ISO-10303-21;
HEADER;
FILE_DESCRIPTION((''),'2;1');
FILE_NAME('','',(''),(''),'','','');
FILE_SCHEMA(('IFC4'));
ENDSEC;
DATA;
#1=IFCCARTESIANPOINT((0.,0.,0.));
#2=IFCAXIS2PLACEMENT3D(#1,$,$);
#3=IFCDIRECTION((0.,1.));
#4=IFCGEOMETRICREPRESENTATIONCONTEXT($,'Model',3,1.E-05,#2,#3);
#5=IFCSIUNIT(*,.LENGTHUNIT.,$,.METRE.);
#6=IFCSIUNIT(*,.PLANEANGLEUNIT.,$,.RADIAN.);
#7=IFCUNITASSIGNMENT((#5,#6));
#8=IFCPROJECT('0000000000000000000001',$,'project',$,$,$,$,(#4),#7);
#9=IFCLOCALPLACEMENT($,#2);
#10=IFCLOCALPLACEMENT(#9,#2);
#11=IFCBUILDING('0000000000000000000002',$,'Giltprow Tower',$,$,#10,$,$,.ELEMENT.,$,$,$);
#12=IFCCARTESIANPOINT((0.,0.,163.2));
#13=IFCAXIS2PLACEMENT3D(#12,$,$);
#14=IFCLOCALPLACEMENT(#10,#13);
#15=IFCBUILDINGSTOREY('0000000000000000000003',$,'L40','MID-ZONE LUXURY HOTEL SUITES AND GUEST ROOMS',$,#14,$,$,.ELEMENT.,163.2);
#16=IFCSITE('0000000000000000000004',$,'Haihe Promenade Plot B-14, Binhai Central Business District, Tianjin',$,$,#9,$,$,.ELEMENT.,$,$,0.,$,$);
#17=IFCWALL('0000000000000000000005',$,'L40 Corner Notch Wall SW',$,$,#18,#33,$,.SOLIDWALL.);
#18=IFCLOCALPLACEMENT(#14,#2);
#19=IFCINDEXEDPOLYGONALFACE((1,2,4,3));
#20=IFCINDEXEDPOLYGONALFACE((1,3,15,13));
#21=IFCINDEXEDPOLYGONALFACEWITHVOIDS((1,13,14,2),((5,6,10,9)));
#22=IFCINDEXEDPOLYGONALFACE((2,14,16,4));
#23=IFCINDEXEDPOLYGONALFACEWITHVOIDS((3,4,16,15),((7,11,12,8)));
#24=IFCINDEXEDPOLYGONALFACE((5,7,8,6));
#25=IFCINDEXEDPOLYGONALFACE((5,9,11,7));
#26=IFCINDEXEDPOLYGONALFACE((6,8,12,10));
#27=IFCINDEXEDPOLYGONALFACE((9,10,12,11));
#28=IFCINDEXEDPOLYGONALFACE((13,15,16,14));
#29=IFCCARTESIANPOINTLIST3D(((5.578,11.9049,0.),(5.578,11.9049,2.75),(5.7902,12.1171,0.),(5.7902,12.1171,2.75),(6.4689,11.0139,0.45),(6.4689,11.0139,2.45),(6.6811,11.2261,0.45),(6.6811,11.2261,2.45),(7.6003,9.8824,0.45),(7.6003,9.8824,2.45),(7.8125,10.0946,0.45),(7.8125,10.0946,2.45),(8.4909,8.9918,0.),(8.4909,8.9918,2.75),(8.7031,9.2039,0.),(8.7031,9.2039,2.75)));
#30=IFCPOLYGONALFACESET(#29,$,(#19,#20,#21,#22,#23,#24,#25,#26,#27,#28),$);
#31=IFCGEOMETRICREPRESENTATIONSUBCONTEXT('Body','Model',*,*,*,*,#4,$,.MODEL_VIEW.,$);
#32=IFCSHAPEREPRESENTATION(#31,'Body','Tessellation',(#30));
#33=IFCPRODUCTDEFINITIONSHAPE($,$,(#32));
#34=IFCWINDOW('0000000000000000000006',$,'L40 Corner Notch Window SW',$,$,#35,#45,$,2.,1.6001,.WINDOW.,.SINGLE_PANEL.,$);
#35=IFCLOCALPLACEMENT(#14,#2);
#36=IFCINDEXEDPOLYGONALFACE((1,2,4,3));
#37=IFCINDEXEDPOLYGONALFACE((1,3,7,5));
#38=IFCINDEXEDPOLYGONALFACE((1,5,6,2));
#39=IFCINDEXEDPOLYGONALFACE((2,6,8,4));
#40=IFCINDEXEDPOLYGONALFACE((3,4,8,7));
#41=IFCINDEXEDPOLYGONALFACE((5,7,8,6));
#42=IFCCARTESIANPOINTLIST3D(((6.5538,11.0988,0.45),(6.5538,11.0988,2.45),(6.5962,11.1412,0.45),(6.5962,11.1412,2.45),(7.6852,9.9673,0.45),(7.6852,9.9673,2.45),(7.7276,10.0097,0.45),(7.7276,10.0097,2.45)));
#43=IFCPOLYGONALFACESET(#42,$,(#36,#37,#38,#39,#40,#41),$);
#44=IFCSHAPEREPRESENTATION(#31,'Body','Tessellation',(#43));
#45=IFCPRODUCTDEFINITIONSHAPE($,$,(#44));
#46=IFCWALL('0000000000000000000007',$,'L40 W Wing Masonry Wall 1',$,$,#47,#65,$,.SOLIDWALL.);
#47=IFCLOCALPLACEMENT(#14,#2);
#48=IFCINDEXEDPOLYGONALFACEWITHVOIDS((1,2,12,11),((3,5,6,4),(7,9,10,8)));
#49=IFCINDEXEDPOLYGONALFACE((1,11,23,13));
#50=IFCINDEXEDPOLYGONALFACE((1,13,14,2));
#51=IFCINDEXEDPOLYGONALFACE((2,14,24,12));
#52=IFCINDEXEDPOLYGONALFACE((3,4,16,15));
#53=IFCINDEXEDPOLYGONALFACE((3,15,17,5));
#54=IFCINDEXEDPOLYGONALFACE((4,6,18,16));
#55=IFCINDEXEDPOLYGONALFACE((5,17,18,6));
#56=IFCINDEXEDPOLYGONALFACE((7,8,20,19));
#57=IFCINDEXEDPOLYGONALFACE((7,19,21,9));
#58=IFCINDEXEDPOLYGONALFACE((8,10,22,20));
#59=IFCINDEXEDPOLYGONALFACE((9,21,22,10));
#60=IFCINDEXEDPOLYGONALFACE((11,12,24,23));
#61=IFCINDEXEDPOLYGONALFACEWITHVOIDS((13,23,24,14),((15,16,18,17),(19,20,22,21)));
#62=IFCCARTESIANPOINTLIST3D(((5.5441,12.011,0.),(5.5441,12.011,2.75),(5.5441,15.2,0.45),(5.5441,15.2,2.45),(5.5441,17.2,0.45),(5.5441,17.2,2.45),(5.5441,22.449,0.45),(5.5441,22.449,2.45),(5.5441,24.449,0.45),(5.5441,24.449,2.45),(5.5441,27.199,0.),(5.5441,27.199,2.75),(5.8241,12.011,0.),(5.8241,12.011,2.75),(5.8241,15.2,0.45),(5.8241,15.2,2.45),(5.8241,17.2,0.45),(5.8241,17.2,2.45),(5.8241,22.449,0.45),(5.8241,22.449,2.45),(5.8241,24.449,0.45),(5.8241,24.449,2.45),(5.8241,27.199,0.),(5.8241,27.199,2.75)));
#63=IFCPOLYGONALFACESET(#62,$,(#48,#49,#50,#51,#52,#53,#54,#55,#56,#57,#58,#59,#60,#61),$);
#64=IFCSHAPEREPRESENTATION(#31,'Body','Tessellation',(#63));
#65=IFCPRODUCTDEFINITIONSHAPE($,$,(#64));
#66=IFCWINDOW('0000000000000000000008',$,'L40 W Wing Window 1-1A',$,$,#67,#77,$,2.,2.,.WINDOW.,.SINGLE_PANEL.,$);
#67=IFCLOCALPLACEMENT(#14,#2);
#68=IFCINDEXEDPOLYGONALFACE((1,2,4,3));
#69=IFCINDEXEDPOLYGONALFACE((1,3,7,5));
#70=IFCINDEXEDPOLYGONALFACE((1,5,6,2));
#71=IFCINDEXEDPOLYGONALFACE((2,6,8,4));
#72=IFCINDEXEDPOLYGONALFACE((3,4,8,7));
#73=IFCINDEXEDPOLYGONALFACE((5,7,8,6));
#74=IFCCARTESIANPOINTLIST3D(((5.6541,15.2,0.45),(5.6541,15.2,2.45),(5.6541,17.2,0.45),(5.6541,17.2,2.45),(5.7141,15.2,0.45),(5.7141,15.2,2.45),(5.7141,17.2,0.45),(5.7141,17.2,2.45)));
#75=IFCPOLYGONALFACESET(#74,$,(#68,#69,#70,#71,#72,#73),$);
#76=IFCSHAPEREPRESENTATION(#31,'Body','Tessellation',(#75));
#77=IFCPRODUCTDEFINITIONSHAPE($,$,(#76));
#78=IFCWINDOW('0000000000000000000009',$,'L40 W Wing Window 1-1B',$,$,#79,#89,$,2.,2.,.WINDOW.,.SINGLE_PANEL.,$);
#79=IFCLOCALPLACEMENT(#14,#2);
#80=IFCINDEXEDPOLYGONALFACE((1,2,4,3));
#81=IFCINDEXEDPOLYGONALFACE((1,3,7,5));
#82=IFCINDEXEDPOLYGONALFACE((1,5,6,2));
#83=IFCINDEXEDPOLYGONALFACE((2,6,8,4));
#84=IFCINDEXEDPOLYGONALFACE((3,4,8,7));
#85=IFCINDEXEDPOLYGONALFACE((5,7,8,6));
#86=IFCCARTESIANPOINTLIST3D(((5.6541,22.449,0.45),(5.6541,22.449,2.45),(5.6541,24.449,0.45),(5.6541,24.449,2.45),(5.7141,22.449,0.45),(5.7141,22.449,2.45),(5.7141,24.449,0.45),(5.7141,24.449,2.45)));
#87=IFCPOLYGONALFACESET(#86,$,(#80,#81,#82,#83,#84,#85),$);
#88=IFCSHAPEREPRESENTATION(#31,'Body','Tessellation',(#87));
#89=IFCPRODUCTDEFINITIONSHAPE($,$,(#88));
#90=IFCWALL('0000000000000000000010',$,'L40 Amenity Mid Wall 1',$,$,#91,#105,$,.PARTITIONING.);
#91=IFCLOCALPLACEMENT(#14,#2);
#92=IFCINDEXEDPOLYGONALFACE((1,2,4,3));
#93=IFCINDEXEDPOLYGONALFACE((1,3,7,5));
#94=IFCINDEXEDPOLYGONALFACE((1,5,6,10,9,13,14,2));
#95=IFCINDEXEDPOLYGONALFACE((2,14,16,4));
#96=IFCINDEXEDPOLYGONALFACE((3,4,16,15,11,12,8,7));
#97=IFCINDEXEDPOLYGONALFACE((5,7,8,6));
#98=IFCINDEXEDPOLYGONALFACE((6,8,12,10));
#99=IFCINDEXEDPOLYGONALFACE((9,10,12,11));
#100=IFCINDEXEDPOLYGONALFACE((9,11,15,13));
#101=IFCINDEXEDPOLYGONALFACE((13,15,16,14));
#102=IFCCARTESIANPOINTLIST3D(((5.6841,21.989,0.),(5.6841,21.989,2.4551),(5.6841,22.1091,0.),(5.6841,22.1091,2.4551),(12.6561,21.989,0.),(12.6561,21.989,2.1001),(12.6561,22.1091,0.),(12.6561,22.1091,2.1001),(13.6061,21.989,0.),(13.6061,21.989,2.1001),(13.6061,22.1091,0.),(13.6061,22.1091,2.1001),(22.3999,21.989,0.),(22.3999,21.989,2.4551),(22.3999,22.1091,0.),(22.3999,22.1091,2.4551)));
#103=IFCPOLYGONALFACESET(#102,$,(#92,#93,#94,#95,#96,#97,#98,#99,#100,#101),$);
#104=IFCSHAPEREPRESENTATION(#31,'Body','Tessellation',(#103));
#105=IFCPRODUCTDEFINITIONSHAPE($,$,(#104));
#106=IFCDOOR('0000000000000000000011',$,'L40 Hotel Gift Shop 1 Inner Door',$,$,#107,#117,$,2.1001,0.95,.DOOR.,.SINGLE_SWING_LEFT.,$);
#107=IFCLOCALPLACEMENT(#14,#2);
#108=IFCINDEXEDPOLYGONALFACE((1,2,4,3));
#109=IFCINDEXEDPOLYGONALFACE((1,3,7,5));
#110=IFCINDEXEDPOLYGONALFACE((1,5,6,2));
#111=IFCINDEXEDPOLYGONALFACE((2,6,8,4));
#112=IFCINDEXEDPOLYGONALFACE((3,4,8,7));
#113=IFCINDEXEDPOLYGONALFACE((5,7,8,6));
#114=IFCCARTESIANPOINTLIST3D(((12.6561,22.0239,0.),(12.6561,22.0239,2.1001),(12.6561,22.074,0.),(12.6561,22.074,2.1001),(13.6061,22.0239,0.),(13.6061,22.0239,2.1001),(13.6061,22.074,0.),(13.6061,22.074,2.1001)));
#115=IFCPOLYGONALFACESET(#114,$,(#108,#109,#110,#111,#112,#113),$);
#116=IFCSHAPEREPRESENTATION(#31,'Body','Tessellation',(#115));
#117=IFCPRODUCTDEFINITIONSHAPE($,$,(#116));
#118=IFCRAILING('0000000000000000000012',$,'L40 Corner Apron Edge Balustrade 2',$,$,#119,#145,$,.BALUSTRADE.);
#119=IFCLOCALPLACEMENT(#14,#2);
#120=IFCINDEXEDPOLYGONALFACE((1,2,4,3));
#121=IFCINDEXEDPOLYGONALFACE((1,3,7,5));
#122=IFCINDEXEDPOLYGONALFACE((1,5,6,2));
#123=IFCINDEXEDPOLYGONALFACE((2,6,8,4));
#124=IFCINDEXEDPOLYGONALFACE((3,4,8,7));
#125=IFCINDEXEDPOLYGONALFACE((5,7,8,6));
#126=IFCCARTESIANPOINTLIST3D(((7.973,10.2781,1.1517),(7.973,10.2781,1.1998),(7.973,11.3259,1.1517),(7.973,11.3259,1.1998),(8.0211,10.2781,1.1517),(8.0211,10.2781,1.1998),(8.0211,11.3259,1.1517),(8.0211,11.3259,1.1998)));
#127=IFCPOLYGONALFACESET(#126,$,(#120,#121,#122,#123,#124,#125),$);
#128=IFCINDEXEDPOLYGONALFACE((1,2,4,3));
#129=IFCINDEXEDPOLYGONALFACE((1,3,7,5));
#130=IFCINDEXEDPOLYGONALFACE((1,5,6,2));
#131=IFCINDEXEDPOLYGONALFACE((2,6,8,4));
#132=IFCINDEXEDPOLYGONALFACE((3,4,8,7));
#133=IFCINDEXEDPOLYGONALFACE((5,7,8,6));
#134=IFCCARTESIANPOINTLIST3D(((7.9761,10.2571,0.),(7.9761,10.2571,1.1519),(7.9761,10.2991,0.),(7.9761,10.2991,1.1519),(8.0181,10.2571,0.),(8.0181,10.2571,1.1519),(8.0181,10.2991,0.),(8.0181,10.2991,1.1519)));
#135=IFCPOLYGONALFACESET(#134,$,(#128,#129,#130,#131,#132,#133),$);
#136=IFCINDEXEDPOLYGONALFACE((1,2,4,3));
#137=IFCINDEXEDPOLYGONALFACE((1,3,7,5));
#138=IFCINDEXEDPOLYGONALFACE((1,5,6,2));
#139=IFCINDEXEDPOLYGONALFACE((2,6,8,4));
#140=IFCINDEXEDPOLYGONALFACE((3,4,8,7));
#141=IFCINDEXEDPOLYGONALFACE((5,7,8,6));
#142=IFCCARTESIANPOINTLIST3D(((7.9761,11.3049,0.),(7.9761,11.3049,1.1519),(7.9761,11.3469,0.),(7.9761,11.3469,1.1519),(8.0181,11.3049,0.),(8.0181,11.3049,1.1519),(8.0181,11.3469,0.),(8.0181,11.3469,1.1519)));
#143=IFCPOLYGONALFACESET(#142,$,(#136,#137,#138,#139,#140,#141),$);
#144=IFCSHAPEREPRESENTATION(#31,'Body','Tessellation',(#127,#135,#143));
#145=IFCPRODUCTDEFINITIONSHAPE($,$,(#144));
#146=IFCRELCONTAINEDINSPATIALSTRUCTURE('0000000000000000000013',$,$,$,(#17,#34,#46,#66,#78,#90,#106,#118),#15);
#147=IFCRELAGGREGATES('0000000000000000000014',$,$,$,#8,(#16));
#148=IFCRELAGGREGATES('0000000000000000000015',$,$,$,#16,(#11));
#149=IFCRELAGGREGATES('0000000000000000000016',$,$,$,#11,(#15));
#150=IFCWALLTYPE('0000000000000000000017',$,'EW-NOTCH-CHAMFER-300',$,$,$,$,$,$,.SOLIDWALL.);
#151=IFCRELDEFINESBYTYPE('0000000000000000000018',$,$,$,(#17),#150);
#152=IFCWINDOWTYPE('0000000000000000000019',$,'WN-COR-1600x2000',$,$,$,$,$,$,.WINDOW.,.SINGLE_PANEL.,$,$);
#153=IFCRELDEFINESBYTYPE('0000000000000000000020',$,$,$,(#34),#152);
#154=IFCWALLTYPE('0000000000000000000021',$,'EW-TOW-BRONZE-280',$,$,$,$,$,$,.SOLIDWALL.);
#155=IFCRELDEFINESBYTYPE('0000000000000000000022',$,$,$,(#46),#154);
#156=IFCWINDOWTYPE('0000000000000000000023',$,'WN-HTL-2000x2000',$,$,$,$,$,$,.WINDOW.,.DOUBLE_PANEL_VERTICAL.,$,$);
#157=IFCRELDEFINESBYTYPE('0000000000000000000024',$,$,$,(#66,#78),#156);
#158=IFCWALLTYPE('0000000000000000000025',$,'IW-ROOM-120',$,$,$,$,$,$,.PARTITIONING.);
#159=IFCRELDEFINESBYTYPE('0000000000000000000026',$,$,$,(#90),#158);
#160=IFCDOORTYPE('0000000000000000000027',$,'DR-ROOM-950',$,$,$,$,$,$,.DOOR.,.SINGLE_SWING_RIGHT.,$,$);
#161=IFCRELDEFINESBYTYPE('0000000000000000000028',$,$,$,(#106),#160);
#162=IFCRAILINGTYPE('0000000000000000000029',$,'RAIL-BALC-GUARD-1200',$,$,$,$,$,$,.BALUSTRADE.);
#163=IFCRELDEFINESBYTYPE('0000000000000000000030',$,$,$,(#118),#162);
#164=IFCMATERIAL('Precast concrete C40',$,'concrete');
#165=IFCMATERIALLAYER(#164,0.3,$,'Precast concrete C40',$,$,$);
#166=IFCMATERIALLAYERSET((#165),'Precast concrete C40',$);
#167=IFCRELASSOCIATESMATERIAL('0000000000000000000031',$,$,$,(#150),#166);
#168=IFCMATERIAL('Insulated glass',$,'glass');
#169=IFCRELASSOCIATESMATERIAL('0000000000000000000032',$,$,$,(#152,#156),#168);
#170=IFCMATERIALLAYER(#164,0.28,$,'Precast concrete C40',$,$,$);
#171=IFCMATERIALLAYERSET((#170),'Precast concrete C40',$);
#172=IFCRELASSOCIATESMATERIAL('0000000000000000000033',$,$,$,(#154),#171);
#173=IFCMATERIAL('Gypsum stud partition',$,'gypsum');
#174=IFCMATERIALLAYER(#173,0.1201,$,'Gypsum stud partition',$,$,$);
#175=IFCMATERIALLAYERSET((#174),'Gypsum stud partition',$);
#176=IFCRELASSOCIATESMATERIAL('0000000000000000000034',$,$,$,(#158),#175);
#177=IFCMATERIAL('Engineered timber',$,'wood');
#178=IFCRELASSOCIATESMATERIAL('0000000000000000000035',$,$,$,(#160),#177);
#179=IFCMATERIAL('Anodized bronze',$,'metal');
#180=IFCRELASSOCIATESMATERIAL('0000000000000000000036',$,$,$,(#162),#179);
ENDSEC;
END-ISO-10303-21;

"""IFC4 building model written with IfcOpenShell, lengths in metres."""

from ifc_helpers import new_model, si_unit, direction, frame, frame_2d, origin, origin_2d, place, context, subcontext, project, spatial, rectangle, extrude, source, transform, mapped, material, layer, layer_set, type_object, element, fill, save


model = new_model("IFC4")

# Units and contexts
model_context = context("Model", 3, precision=1e-05, world=origin(), true_north=direction((0.0, 1.0)))
body_context = subcontext(model_context, "Body", "Model", "MODEL_VIEW")
ifc_project = project(units=[si_unit("LENGTHUNIT", "METRE"), si_unit("PLANEANGLEUNIT", "RADIAN")], contexts=[model_context])

# Site, building, storey
site_placement = place(None, origin())
site = spatial("IfcSite", under=ifc_project, at=site_placement, Name="Haihe Promenade Plot B-14, Binhai Central Business District, Tianjin", CompositionType="ELEMENT", RefElevation=0.0)
building_placement = place(site_placement, origin())
building = spatial("IfcBuilding", under=site, at=building_placement, Name="Giltprow Tower", CompositionType="ELEMENT")
storey_placement = place(building_placement, frame((0.0, 0.0, 163.2)))
storey = spatial("IfcBuildingStorey", under=building, at=storey_placement, Name="L40", Description="MID-ZONE LUXURY HOTEL SUITES AND GUEST ROOMS", CompositionType="ELEMENT", Elevation=163.2)

# Shared definitions
ifc_material_1 = material(Name="Anodized bronze", Category="metal")
ifc_material_2 = material(Name="Insulated glass", Category="glass")

# Wall, opening, window
ifc_material_3 = material(Name="Precast concrete C40", Category="concrete")
ifc_layer_1 = layer(ifc_material_3, 0.3, Name="Precast concrete C40")
ifc_layer_set_1 = layer_set([ifc_layer_1], Name="Precast concrete C40")
wall_type_1 = type_object("IfcWallType", Name="EW-NOTCH-CHAMFER-300", PredefinedType="SOLIDWALL", material=ifc_layer_set_1)
wall_1_placement = place(storey_placement, frame((5.6841, 12.011, 0.0), z_axis=(0.0, 0.0, 1.0), x_axis=(0.707077, -0.707136, 0.0)))
wall_1 = element("IfcWall", 1, at=wall_1_placement, inside=storey, type_object=wall_type_1, Name="L40 Corner Notch Wall SW", PredefinedType="SOLIDWALL", context=body_context, shape_type="SweptSolid", body=[
    extrude(rectangle(XDim=4.1196, YDim=0.3, at=frame_2d((2.0598, 0.0))), origin(), (0.0, 0.0, 1.0), 2.75),
])
opening_1_placement = place(wall_1_placement, frame((1.26, 0.0, 0.45)))
opening_1 = element("IfcOpeningElement", 2, at=opening_1_placement, cuts=wall_1, PredefinedType="OPENING", context=body_context, shape_type="SweptSolid", body=[
    extrude(rectangle(XDim=1.6001, YDim=2.0, at=frame_2d((0.8, 1.0))), frame((0.0, 0.1599, 0.0), z_axis=(0.0, -1.0, 0.0), x_axis=(1.0, 0.0, 0.0)), (0.0, 0.0, 1.0), 0.3201),
])
window_type_1 = type_object("IfcWindowType", Name="WN-COR-1600x2000", PartitioningType="SINGLE_PANEL", PredefinedType="WINDOW", material=ifc_material_2)
shared_shape_1 = source(origin(), body_context, "Body", "SweptSolid", [
    extrude(rectangle(XDim=1.6001, YDim=2.0, at=frame_2d((0.8, 1.0))), frame((0.0, 0.03, 0.0), z_axis=(0.0, -1.0, 0.0), x_axis=(1.0, 0.0, 0.0)), (0.0, 0.0, 1.0), 0.0601),
])
window_1_placement = place(opening_1_placement, origin())
window_1 = element("IfcWindow", 3, at=window_1_placement, inside=storey, type_object=window_type_1, Name="L40 Corner Notch Window SW", OverallHeight=2.0, OverallWidth=1.6001, PartitioningType="SINGLE_PANEL", PredefinedType="WINDOW", context=body_context, shape_type="MappedRepresentation", body=[
    mapped(shared_shape_1, transform((0.0, 0.0, 0.0), x_axis=(1.0, 0.0, 0.0), y_axis=(0.0, 1.0, 0.0), z_axis=(0.0, 0.0, 1.0), scale=1.0)),
])
fill(opening_1, window_1)

# Wall, openings, windows
ifc_layer_2 = layer(ifc_material_3, 0.28, Name="Precast concrete C40")
ifc_layer_set_2 = layer_set([ifc_layer_2], Name="Precast concrete C40")
wall_type_2 = type_object("IfcWallType", Name="EW-TOW-BRONZE-280", PredefinedType="SOLIDWALL", material=ifc_layer_set_2)
wall_2_placement = place(storey_placement, frame((5.6841, 12.011, 0.0), z_axis=(0.0, 0.0, 1.0), x_axis=(0.0, 1.0, 0.0)))
wall_2 = element("IfcWall", 4, at=wall_2_placement, inside=storey, type_object=wall_type_2, Name="L40 W Wing Masonry Wall 1", PredefinedType="SOLIDWALL", context=body_context, shape_type="SweptSolid", body=[
    extrude(rectangle(XDim=15.188, YDim=0.28, at=frame_2d((7.594, 0.0))), origin(), (0.0, 0.0, 1.0), 2.75),
])
opening_2_placement = place(wall_2_placement, frame((3.189, 0.0, 0.45)))
opening_2 = element("IfcOpeningElement", 5, at=opening_2_placement, cuts=wall_2, PredefinedType="OPENING", context=body_context, shape_type="SweptSolid", body=[
    extrude(rectangle(XDim=2.0, YDim=2.0, at=frame_2d((1.0, 1.0))), frame((0.0, 0.1499, 0.0), z_axis=(0.0, -1.0, 0.0), x_axis=(1.0, 0.0, 0.0)), (0.0, 0.0, 1.0), 0.3),
])
opening_3_placement = place(wall_2_placement, frame((10.438, 0.0, 0.45)))
opening_3 = element("IfcOpeningElement", 6, at=opening_3_placement, cuts=wall_2, PredefinedType="OPENING", context=body_context, shape_type="SweptSolid", body=[
    extrude(rectangle(XDim=2.0, YDim=2.0, at=frame_2d((1.0, 1.0))), frame((0.0, 0.1499, 0.0), z_axis=(0.0, -1.0, 0.0), x_axis=(1.0, 0.0, 0.0)), (0.0, 0.0, 1.0), 0.3),
])
window_type_2 = type_object("IfcWindowType", Name="WN-HTL-2000x2000", PartitioningType="DOUBLE_PANEL_VERTICAL", PredefinedType="WINDOW", material=ifc_material_2)
shared_shape_2 = source(origin(), body_context, "Body", "SweptSolid", [
    extrude(rectangle(XDim=2.0, YDim=2.0, at=frame_2d((1.0, 1.0))), frame((0.0, 0.03, 0.0), z_axis=(0.0, -1.0, 0.0), x_axis=(1.0, 0.0, 0.0)), (0.0, 0.0, 1.0), 0.0601),
])
window_2_placement = place(opening_2_placement, origin())
window_2 = element("IfcWindow", 7, at=window_2_placement, inside=storey, type_object=window_type_2, Name="L40 W Wing Window 1-1A", OverallHeight=2.0, OverallWidth=2.0, PartitioningType="SINGLE_PANEL", PredefinedType="WINDOW", context=body_context, shape_type="MappedRepresentation", body=[
    mapped(shared_shape_2, transform((0.0, 0.0, 0.0), x_axis=(1.0, 0.0, 0.0), y_axis=(0.0, 1.0, 0.0), z_axis=(0.0, 0.0, 1.0), scale=1.0)),
])
fill(opening_2, window_2)
window_3_placement = place(opening_3_placement, origin())
window_3 = element("IfcWindow", 8, at=window_3_placement, inside=storey, type_object=window_type_2, Name="L40 W Wing Window 1-1B", OverallHeight=2.0, OverallWidth=2.0, PartitioningType="SINGLE_PANEL", PredefinedType="WINDOW", context=body_context, shape_type="MappedRepresentation", body=[
    mapped(shared_shape_2, transform((0.0, 0.0, 0.0), x_axis=(1.0, 0.0, 0.0), y_axis=(0.0, 1.0, 0.0), z_axis=(0.0, 0.0, 1.0), scale=1.0)),
])
fill(opening_3, window_3)

# Wall, opening, door
ifc_material_4 = material(Name="Gypsum stud partition", Category="gypsum")
ifc_layer_3 = layer(ifc_material_4, 0.1201, Name="Gypsum stud partition")
ifc_layer_set_3 = layer_set([ifc_layer_3], Name="Gypsum stud partition")
wall_type_3 = type_object("IfcWallType", Name="IW-ROOM-120", PredefinedType="PARTITIONING", material=ifc_layer_set_3)
wall_3_placement = place(storey_placement, frame((5.6841, 22.0491, 0.0), z_axis=(0.0, 0.0, 1.0), x_axis=(1.0, 0.0, 0.0)))
wall_3 = element("IfcWall", 9, at=wall_3_placement, inside=storey, type_object=wall_type_3, Name="L40 Amenity Mid Wall 1", PredefinedType="PARTITIONING", context=body_context, shape_type="SweptSolid", body=[
    extrude(rectangle(XDim=16.7158, YDim=0.1201, at=frame_2d((8.3579, 0.0))), origin(), (0.0, 0.0, 1.0), 2.4551),
])
opening_4_placement = place(wall_3_placement, frame((6.9719, 0.0, 0.0)))
opening_4 = element("IfcOpeningElement", 10, at=opening_4_placement, cuts=wall_3, PredefinedType="OPENING", context=body_context, shape_type="SweptSolid", body=[
    extrude(rectangle(XDim=0.95, YDim=2.1001, at=frame_2d((0.4751, 1.05))), frame((0.0, 0.0701, 0.0), z_axis=(0.0, -1.0, 0.0), x_axis=(1.0, 0.0, 0.0)), (0.0, 0.0, 1.0), 0.1401),
])
ifc_material_5 = material(Name="Engineered timber", Category="wood")
door_type = type_object("IfcDoorType", Name="DR-ROOM-950", OperationType="SINGLE_SWING_RIGHT", PredefinedType="DOOR", material=ifc_material_5)
shared_shape_3 = source(origin(), body_context, "Body", "SweptSolid", [
    extrude(rectangle(XDim=0.95, YDim=2.1001, at=frame_2d((0.4751, 1.05))), frame((0.0, 0.0249, 0.0), z_axis=(0.0, -1.0, 0.0), x_axis=(1.0, 0.0, 0.0)), (0.0, 0.0, 1.0), 0.05),
])
door_placement = place(opening_4_placement, origin())
door = element("IfcDoor", 11, at=door_placement, inside=storey, type_object=door_type, Name="L40 Hotel Gift Shop 1 Inner Door", OperationType="SINGLE_SWING_LEFT", OverallHeight=2.1001, OverallWidth=0.95, PredefinedType="DOOR", context=body_context, shape_type="MappedRepresentation", body=[
    mapped(shared_shape_3, transform((0.0, 0.0, 0.0), x_axis=(1.0, 0.0, 0.0), y_axis=(0.0, 1.0, 0.0), z_axis=(0.0, 0.0, 1.0), scale=1.0)),
])
fill(opening_4, door)

# Railing
railing_type = type_object("IfcRailingType", Name="RAIL-BALC-GUARD-1200", PredefinedType="BALUSTRADE", material=ifc_material_1)
railing_1_placement = place(storey_placement, frame((7.9971, 10.2781, 0.0)))
element("IfcRailing", 12, at=railing_1_placement, inside=storey, type_object=railing_type, Name="L40 Corner Apron Edge Balustrade 2", PredefinedType="BALUSTRADE", context=body_context, shape_type="SweptSolid", body=[
    extrude(rectangle(XDim=0.0481, YDim=0.0481, at=origin_2d()), frame((0.0, 0.0, 1.1758), z_axis=(0.0, 1.0, 0.0), x_axis=(-1.0, 0.0, 0.0)), (0.0, 0.0, 1.0), 1.0479),
    extrude(rectangle(XDim=0.042, YDim=0.042, at=origin_2d()), origin(), (0.0, 0.0, 1.0), 1.1519),
    extrude(rectangle(XDim=0.042, YDim=0.042, at=origin_2d()), frame((0.0, 1.0479, 0.0)), (0.0, 0.0, 1.0), 1.1519),
])

save(model, "model.ifc")
